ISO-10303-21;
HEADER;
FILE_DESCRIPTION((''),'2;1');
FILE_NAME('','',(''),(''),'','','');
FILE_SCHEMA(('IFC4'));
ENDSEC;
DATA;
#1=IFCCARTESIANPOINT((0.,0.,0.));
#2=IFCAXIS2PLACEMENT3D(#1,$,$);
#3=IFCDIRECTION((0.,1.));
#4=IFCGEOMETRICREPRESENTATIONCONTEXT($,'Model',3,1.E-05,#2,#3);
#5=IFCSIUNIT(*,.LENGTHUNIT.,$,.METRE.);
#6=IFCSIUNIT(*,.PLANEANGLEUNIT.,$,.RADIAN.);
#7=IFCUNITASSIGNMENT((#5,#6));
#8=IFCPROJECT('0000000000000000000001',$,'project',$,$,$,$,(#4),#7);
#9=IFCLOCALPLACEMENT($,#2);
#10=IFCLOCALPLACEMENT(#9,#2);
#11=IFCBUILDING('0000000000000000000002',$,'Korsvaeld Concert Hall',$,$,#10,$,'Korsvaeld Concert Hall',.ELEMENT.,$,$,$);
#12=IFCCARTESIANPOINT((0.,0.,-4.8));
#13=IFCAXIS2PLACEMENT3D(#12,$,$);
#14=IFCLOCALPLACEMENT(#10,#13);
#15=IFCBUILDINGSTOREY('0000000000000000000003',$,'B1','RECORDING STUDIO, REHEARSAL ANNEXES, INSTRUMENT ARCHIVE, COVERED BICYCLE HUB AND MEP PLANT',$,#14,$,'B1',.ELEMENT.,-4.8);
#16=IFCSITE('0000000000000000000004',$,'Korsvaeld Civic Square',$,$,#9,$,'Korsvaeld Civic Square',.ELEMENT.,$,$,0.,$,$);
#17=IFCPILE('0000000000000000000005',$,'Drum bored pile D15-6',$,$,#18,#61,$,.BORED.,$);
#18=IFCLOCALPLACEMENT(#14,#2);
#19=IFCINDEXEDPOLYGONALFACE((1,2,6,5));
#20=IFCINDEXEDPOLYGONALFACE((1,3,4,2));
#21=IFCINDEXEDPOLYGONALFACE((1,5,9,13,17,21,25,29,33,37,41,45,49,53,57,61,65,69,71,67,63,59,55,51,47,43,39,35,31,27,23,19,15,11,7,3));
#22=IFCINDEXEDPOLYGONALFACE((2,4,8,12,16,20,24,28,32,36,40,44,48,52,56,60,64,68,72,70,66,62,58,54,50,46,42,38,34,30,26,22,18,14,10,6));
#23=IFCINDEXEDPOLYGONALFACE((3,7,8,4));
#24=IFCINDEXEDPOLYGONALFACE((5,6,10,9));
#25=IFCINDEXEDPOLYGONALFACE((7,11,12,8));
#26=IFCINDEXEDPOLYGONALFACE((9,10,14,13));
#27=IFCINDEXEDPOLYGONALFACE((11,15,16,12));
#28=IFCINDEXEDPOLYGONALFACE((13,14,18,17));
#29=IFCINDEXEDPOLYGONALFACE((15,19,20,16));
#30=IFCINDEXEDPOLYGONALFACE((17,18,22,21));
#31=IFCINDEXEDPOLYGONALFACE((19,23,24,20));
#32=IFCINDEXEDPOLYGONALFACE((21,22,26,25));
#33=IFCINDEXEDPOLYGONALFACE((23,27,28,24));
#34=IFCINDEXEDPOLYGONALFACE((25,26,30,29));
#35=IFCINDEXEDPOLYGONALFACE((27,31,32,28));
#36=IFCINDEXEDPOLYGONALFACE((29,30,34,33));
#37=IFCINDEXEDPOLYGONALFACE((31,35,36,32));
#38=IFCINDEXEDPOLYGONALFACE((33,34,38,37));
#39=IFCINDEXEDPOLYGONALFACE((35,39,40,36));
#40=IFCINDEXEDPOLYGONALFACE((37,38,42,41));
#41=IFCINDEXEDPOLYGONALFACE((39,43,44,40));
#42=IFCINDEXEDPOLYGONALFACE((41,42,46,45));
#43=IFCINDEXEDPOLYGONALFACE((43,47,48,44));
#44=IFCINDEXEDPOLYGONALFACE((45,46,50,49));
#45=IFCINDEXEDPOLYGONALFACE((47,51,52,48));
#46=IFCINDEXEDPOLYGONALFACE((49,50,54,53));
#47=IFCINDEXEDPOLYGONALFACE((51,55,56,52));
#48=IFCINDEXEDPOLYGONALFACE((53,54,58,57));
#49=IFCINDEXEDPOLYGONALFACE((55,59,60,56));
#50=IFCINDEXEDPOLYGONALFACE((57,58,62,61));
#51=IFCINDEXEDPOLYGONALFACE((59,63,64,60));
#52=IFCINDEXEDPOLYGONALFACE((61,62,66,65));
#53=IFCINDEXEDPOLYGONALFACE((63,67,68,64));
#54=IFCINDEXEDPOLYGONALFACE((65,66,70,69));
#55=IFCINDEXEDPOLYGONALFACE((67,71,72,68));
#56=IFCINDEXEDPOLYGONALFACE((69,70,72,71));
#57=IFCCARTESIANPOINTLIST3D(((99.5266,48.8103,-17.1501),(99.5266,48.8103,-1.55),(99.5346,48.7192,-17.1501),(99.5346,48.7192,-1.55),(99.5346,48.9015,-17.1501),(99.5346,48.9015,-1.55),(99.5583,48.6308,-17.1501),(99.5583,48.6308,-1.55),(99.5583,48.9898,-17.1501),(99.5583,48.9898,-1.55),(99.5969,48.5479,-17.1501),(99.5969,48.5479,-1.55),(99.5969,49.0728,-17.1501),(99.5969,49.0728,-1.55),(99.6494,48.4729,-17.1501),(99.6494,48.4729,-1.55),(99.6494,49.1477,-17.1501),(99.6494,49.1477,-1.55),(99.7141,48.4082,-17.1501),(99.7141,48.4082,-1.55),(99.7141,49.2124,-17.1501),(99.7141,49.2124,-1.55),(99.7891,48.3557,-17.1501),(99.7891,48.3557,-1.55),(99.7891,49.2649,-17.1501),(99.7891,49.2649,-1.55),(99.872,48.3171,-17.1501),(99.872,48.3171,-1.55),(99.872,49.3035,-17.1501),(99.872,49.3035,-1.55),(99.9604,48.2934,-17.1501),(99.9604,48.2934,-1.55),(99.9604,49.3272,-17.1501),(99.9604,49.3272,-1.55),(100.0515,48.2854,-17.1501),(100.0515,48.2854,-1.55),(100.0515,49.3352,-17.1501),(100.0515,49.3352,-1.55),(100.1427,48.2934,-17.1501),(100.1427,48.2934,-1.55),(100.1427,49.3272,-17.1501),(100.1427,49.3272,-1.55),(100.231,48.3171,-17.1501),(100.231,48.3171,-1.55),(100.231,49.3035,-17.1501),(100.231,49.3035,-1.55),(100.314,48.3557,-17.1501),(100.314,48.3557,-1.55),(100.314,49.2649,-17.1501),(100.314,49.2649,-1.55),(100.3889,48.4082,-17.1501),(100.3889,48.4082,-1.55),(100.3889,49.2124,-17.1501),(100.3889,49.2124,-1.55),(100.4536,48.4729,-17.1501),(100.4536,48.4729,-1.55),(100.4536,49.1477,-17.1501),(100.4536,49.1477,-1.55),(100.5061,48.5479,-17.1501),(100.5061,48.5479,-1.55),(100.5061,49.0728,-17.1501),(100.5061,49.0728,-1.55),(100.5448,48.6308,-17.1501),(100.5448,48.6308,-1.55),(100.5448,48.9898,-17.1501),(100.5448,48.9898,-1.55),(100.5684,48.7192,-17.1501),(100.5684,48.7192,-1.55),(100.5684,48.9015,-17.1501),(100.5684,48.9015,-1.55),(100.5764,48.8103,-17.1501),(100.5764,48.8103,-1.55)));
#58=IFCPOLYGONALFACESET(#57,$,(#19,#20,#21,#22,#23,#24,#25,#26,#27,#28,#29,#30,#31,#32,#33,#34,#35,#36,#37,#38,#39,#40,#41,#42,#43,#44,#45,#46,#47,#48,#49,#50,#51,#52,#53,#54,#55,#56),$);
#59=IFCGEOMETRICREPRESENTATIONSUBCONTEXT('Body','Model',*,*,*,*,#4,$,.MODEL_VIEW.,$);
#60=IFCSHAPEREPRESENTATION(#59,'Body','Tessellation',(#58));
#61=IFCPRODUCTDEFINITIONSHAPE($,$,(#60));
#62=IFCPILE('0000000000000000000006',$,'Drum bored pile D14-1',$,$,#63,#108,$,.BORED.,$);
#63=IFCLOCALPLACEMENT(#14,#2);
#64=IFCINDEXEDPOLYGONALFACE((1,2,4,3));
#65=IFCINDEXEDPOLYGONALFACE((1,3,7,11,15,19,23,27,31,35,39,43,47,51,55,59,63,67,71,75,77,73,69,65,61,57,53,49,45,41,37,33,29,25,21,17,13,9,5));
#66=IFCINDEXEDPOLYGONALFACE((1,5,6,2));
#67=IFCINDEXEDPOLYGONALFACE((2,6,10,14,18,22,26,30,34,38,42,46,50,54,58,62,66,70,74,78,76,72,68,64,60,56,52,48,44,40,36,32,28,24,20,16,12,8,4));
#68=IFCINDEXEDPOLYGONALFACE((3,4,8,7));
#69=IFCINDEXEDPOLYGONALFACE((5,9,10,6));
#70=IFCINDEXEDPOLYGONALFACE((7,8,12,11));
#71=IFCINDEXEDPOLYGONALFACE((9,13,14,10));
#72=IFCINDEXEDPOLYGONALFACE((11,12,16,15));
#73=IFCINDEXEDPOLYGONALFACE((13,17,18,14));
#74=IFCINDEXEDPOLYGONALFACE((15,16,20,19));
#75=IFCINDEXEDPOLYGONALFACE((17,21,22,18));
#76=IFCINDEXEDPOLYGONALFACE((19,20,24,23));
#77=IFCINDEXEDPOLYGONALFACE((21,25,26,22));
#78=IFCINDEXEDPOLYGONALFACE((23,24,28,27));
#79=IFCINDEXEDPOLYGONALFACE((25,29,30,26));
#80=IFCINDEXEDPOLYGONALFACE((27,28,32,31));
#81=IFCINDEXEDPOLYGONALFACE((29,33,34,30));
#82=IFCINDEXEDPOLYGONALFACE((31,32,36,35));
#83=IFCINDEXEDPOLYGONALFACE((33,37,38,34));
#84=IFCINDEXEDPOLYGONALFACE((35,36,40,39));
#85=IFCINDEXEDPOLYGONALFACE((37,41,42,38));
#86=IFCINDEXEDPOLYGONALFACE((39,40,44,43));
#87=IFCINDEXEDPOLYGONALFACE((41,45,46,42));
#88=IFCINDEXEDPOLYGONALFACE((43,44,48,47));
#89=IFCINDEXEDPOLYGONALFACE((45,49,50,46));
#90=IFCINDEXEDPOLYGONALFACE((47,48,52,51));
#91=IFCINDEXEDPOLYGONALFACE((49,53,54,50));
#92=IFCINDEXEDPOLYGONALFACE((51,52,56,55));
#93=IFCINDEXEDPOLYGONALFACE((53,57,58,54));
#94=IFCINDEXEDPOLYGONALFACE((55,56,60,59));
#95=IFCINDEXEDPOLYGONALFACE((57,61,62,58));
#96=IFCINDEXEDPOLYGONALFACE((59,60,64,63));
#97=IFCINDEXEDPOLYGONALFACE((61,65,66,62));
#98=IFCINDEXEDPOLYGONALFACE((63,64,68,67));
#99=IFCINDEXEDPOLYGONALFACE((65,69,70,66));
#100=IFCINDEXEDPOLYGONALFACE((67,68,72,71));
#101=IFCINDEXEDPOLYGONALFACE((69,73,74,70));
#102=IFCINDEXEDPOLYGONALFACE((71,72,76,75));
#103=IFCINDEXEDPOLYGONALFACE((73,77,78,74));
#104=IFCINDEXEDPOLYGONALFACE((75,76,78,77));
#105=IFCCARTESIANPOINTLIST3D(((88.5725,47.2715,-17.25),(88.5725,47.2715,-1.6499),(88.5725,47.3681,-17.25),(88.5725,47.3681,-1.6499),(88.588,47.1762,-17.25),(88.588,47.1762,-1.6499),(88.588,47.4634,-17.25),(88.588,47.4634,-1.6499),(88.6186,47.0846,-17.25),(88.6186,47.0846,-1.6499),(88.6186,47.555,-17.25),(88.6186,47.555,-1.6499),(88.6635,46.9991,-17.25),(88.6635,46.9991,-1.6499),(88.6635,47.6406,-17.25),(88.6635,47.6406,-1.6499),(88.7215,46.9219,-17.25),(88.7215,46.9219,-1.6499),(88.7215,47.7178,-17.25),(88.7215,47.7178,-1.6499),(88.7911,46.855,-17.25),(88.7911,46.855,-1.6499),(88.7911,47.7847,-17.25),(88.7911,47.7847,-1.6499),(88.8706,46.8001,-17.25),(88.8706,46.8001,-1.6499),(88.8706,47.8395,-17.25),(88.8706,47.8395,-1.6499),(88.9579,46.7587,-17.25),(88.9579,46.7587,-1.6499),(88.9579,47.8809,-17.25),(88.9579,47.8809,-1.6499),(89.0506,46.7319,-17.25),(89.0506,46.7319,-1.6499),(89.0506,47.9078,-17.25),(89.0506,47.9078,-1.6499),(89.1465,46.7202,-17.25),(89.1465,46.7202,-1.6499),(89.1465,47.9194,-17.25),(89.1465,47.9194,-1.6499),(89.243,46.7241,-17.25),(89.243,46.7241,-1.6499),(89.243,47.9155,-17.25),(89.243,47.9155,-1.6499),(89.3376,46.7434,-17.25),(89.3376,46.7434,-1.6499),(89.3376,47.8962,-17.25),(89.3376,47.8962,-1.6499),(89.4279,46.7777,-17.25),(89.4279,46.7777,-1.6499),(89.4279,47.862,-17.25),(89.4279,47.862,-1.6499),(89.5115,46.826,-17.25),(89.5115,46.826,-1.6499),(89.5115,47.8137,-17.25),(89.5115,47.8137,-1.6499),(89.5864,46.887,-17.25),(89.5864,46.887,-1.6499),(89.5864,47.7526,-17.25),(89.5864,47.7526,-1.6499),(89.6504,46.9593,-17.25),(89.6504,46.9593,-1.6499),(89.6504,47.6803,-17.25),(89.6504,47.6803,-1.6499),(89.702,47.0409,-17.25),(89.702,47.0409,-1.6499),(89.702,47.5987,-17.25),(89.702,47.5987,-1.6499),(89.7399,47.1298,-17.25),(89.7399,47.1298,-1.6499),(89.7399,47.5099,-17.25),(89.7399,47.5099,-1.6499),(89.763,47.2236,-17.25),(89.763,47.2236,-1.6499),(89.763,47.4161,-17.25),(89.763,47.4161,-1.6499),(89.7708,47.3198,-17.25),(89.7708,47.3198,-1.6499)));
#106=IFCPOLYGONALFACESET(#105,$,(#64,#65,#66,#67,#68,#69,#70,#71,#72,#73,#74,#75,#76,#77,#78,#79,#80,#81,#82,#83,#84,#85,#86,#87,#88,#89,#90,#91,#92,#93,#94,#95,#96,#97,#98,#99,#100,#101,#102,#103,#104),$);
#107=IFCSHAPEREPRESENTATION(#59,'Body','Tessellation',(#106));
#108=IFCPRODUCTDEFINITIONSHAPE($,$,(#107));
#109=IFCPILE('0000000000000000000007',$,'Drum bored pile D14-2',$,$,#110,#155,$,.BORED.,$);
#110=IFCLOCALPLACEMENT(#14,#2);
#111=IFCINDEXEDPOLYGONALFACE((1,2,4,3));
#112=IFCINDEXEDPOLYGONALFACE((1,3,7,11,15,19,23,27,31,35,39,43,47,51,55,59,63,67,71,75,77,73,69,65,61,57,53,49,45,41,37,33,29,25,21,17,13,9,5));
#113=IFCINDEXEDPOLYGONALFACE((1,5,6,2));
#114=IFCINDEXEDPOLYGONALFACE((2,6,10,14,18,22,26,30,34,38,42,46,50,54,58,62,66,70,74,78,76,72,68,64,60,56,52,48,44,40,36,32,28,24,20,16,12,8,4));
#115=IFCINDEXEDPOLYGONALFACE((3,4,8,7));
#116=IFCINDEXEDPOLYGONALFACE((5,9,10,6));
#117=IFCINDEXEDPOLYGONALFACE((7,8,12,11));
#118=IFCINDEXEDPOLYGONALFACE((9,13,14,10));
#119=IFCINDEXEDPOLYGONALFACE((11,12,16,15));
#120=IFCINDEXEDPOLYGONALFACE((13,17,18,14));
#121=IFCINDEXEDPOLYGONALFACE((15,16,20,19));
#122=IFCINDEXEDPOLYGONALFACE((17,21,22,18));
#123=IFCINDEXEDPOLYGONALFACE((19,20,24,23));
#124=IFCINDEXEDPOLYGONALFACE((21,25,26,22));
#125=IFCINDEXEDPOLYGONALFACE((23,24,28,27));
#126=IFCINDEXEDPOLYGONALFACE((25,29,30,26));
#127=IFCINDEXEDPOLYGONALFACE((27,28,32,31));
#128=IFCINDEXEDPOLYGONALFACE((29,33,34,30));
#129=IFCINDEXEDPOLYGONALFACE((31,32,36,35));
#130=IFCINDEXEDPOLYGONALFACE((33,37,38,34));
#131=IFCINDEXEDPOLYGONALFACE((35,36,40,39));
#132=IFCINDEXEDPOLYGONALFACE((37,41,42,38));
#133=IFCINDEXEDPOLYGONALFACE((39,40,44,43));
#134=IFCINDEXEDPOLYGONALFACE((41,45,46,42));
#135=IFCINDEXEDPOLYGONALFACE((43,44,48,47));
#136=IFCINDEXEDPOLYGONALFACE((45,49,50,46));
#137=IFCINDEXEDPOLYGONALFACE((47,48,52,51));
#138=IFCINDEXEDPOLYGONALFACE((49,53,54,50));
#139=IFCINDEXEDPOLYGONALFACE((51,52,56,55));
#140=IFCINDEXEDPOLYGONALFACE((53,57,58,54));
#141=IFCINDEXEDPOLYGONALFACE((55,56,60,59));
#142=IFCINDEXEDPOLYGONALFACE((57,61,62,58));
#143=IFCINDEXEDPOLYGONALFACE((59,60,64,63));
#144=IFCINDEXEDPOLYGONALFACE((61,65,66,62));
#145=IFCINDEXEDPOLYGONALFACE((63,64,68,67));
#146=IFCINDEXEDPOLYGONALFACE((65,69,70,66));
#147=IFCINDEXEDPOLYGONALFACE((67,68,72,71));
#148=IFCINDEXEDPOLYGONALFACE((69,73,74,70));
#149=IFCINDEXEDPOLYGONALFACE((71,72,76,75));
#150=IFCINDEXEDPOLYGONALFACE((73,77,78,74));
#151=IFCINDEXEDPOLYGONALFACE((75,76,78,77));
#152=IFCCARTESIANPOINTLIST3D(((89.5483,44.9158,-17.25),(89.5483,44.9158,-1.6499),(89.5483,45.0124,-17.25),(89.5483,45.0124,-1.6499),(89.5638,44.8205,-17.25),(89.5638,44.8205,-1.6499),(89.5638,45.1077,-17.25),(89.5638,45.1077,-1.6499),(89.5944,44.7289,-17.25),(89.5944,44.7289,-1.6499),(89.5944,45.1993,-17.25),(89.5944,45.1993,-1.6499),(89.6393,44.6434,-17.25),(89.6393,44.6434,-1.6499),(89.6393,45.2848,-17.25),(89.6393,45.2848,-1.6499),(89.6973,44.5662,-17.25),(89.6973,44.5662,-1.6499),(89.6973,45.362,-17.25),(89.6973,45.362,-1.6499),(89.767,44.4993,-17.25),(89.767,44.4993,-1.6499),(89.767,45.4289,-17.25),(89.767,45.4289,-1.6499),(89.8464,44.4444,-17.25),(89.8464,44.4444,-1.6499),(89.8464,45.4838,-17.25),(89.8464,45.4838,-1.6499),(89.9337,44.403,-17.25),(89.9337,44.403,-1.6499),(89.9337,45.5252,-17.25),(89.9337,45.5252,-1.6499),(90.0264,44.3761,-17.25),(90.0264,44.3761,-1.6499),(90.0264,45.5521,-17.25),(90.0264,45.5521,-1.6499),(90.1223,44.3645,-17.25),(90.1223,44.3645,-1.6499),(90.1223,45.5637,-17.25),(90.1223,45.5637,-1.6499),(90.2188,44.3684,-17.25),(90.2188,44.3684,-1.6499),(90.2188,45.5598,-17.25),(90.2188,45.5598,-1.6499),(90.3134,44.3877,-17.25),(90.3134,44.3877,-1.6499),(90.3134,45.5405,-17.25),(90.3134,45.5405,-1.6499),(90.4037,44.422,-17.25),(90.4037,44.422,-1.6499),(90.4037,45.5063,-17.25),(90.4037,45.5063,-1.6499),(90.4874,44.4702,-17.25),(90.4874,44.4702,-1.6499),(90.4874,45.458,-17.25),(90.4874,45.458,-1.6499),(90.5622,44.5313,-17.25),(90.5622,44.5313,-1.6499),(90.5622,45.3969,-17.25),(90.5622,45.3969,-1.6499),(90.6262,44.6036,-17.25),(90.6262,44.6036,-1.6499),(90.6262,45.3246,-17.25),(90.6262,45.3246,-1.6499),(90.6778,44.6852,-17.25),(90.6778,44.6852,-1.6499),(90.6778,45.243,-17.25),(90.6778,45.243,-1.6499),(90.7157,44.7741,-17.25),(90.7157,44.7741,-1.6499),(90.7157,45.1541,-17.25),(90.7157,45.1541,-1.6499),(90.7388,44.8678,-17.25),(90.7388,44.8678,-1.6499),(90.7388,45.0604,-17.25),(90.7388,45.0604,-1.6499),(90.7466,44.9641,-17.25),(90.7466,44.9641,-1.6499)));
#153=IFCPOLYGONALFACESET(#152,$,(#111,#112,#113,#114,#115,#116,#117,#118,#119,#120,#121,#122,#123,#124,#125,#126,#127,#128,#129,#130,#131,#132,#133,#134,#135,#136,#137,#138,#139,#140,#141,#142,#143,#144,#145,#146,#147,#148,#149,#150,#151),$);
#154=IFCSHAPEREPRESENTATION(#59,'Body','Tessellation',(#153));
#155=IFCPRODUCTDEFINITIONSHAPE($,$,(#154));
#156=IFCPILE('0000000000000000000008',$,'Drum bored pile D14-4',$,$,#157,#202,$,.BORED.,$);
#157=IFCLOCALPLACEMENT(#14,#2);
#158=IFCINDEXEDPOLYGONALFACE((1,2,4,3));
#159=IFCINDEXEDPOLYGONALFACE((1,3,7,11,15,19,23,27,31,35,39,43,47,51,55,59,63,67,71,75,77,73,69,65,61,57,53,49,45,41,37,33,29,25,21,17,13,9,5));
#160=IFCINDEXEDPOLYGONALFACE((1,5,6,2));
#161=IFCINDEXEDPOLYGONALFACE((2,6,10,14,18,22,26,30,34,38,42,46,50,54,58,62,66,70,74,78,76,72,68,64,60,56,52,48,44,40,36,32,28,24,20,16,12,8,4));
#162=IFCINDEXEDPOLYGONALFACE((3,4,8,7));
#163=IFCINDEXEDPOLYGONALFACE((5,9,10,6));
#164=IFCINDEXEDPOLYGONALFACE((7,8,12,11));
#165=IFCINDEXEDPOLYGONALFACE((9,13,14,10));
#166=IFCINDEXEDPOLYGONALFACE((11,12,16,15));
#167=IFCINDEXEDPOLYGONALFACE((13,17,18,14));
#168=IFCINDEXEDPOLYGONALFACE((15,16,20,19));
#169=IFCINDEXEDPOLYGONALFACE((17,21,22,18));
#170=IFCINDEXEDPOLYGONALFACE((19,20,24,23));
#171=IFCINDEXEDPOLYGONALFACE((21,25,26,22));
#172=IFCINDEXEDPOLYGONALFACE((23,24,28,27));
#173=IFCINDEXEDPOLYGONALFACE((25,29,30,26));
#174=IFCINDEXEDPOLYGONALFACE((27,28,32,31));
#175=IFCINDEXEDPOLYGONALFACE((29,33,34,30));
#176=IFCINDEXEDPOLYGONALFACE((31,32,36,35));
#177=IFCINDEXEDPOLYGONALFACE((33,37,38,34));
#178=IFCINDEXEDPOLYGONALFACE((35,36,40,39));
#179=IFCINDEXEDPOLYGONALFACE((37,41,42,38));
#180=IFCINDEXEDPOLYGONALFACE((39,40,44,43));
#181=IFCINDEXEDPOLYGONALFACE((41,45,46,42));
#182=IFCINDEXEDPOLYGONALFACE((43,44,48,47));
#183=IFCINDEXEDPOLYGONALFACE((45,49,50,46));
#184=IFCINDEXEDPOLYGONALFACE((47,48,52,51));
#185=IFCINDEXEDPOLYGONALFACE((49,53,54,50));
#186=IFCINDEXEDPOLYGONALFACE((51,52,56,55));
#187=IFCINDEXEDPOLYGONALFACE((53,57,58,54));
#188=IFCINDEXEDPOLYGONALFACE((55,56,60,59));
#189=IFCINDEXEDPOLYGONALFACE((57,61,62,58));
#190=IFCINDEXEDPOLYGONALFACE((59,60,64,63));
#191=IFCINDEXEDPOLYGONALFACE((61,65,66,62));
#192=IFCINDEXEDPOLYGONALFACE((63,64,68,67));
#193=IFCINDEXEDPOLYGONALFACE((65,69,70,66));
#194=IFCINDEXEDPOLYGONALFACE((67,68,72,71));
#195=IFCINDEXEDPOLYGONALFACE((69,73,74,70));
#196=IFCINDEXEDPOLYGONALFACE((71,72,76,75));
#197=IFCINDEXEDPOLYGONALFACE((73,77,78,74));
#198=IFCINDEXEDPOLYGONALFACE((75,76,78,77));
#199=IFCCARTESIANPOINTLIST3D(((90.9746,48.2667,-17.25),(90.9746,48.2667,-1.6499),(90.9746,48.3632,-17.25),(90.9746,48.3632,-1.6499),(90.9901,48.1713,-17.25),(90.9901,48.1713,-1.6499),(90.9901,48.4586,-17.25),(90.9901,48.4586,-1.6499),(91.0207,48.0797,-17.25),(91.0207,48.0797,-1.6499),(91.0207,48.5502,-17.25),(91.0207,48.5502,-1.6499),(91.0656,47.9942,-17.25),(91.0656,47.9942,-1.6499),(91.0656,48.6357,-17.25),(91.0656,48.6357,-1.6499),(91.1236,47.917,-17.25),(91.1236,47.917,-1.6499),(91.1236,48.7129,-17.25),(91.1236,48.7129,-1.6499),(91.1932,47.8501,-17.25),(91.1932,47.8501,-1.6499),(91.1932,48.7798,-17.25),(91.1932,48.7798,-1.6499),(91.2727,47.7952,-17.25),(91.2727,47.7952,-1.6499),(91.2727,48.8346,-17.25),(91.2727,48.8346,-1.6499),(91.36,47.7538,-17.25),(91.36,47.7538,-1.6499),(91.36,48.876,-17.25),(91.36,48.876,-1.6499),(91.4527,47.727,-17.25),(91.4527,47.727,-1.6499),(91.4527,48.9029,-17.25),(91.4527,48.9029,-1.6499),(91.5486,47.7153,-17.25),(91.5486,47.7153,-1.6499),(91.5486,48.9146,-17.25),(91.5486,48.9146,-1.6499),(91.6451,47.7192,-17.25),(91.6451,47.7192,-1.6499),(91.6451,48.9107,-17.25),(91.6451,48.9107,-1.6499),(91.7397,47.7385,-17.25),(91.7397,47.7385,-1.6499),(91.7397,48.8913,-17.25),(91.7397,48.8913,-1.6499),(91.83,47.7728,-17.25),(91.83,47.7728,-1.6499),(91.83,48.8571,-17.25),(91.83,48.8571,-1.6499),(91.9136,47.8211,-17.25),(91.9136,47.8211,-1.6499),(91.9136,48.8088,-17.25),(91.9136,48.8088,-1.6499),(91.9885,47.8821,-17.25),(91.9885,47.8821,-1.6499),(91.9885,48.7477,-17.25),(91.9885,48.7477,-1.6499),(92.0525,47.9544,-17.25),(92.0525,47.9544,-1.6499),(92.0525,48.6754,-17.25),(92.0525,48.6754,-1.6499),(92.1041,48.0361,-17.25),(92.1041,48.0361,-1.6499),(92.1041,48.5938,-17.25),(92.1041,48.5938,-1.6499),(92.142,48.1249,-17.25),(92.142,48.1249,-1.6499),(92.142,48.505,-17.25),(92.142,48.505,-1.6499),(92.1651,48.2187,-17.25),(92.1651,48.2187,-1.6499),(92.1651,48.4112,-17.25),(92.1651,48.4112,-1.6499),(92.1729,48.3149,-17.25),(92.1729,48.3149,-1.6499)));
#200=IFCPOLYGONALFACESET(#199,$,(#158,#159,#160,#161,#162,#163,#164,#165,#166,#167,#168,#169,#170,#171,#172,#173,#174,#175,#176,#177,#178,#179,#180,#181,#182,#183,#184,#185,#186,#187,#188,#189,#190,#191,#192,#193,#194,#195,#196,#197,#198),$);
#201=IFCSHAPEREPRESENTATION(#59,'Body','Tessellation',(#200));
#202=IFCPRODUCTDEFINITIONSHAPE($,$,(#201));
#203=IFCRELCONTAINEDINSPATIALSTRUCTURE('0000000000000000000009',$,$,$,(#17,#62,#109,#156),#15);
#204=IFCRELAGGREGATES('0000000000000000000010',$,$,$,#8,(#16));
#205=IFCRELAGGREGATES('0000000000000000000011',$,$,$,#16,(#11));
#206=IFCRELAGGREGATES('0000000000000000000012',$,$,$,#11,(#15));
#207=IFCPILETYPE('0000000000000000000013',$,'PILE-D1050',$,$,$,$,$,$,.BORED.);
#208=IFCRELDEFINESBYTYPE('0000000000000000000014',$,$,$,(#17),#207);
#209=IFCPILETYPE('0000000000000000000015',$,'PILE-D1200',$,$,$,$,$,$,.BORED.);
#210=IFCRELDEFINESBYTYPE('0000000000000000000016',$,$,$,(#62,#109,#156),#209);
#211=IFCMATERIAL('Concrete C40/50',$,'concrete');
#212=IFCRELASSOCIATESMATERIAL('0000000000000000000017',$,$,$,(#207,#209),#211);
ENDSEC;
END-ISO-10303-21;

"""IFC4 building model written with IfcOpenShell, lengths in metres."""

from ifc_helpers import new_model, si_unit, direction, frame, origin, origin_2d, place, context, subcontext, project, spatial, circle, extrude, material, material_profile, profile_set, type_object, element, save


model = new_model("IFC4")

# Units and contexts
model_context = context("Model", 3, precision=1e-05, world=origin(), true_north=direction((0.0, 1.0)))
body_context = subcontext(model_context, "Body", "Model", "MODEL_VIEW")
ifc_project = project(units=[si_unit("LENGTHUNIT", "METRE"), si_unit("PLANEANGLEUNIT", "RADIAN")], contexts=[model_context])

# Site, building, storey
site_placement = place(None, origin())
site = spatial("IfcSite", under=ifc_project, at=site_placement, Name="Korsvaeld Civic Square", LongName="Korsvaeld Civic Square", CompositionType="ELEMENT", RefElevation=0.0)
building_placement = place(site_placement, origin())
building = spatial("IfcBuilding", under=site, at=building_placement, Name="Korsvaeld Concert Hall", LongName="Korsvaeld Concert Hall", CompositionType="ELEMENT")
storey_placement = place(building_placement, frame((0.0, 0.0, -4.8)))
storey = spatial("IfcBuildingStorey", under=building, at=storey_placement, Name="B1", Description="RECORDING STUDIO, REHEARSAL ANNEXES, INSTRUMENT ARCHIVE, COVERED BICYCLE HUB AND MEP PLANT", LongName="B1", CompositionType="ELEMENT", Elevation=-4.8)

# Piles
ifc_material_1 = material(Name="Concrete C40/50", Category="concrete")
ifc_material_profile_1 = material_profile(ifc_material_1, circle(Radius=0.5249, at=origin_2d()), Name="BORED PILE D1050")
ifc_profile_set_1 = profile_set([ifc_material_profile_1], Name="Concrete C40/50")
pile_type_1 = type_object("IfcPileType", Name="PILE-D1050", PredefinedType="BORED", material=ifc_profile_set_1)
for number, where, z_axis, x_axis, name in (
    (1, (100.0515, 48.8103, -1.55), (0.0, 0.0, -1.0), (1.0, 0.0, 0.0), "Drum bored pile D15-6"),
):
    element("IfcPile", number, at=place(storey_placement, frame(where, z_axis=z_axis, x_axis=x_axis)), inside=storey, type_object=pile_type_1, Name=name, PredefinedType="BORED", context=body_context, shape_type="SweptSolid", body=[
        extrude(circle(Radius=0.5249, at=origin_2d()), origin(), (0.0, 0.0, 1.0), 15.6001),
    ])
ifc_material_profile_2 = material_profile(ifc_material_1, circle(Radius=0.6001, at=origin_2d()), Name="BORED PILE D1200")
ifc_profile_set_2 = profile_set([ifc_material_profile_2], Name="Concrete C40/50")
pile_type_2 = type_object("IfcPileType", Name="PILE-D1200", PredefinedType="BORED", material=ifc_profile_set_2)
for number, where, z_axis, x_axis, name in (
    (2, (89.1707, 47.3198, -1.6499), (0.0, 0.0, -1.0), (1.0, 0.0, 0.0), "Drum bored pile D14-1"),
    (3, (90.1465, 44.9641, -1.6499), (0.0, 0.0, -1.0), (1.0, 0.0, 0.0), "Drum bored pile D14-2"),
    (4, (91.5728, 48.3149, -1.6499), (0.0, 0.0, -1.0), (1.0, 0.0, 0.0), "Drum bored pile D14-4"),
):
    element("IfcPile", number, at=place(storey_placement, frame(where, z_axis=z_axis, x_axis=x_axis)), inside=storey, type_object=pile_type_2, Name=name, PredefinedType="BORED", context=body_context, shape_type="SweptSolid", body=[
        extrude(circle(Radius=0.6001, at=origin_2d()), origin(), (0.0, 0.0, 1.0), 15.6001),
    ])

save(model, "model.ifc")
